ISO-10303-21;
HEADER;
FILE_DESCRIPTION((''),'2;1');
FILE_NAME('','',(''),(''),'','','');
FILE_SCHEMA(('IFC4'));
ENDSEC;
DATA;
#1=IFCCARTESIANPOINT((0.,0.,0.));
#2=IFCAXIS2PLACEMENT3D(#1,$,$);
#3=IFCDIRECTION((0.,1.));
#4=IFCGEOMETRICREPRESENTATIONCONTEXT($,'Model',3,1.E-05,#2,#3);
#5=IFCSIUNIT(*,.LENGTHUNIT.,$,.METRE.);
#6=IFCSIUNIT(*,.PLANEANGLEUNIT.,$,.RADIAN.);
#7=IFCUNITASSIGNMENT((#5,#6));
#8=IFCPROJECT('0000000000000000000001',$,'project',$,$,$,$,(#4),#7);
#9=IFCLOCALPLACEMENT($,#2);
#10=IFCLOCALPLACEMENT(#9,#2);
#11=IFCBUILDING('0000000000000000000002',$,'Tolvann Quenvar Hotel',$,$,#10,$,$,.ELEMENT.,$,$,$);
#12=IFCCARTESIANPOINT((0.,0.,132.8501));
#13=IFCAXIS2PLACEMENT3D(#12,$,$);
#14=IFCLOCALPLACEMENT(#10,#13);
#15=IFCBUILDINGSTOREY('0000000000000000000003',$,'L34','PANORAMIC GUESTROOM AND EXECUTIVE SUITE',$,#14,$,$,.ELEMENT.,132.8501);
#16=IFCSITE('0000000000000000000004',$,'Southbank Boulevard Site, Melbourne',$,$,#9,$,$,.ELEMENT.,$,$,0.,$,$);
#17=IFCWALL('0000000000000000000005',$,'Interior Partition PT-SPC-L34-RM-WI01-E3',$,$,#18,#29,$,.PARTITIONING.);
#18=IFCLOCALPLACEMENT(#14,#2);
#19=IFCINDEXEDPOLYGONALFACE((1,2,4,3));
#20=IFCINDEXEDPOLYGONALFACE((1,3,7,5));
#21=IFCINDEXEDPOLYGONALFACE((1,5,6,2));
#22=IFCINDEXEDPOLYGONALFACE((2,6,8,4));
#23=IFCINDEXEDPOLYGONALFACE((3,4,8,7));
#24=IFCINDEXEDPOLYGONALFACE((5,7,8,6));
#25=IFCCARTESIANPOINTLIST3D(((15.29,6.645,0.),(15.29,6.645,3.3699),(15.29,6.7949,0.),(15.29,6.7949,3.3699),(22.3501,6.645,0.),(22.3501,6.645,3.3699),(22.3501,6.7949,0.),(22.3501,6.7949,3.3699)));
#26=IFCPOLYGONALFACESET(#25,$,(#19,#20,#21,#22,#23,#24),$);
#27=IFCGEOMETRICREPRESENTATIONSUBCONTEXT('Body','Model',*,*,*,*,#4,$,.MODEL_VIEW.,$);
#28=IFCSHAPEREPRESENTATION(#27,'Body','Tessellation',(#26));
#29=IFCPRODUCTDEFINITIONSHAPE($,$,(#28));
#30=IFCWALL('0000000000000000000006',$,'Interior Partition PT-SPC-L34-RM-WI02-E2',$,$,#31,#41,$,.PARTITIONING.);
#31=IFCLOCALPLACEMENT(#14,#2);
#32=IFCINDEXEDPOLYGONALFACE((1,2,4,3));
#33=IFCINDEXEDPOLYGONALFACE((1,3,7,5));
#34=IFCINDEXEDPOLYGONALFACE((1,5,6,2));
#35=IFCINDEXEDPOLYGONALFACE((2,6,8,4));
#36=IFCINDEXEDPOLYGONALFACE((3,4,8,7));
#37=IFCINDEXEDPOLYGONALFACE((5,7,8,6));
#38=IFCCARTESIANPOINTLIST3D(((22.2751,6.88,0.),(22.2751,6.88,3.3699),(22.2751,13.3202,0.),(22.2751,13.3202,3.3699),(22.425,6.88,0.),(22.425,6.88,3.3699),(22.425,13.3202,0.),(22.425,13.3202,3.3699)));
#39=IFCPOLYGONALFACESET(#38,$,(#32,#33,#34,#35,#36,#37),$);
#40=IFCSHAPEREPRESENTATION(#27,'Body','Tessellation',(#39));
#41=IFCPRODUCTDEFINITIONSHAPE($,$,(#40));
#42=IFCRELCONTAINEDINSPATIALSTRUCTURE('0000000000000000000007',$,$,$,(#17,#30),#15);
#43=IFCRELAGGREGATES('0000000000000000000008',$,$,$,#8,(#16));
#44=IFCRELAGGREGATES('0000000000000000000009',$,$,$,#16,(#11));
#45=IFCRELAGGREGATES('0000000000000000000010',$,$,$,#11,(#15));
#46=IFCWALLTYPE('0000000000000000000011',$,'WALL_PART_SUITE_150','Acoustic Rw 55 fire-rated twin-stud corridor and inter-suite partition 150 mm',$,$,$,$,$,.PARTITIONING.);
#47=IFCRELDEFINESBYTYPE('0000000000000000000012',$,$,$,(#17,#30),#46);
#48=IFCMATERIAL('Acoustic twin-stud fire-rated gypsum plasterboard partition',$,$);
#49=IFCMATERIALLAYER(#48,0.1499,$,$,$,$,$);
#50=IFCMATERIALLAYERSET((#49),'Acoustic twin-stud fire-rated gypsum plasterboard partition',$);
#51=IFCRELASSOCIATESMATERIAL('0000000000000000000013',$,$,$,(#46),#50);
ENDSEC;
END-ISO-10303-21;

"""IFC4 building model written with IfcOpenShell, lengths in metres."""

from ifc_helpers import new_model, si_unit, direction, frame, frame_2d, origin, place, context, subcontext, project, spatial, rectangle, extrude, material, layer, layer_set, type_object, element, save


model = new_model("IFC4")

# Units and contexts
model_context = context("Model", 3, precision=1e-05, world=origin(), true_north=direction((0.0, 1.0)))
body_context = subcontext(model_context, "Body", "Model", "MODEL_VIEW")
ifc_project = project(units=[si_unit("LENGTHUNIT", "METRE"), si_unit("PLANEANGLEUNIT", "RADIAN")], contexts=[model_context])

# Site, building, storey
site_placement = place(None, origin())
site = spatial("IfcSite", under=ifc_project, at=site_placement, Name="Southbank Boulevard Site, Melbourne", CompositionType="ELEMENT", RefElevation=0.0)
building_placement = place(site_placement, origin())
building = spatial("IfcBuilding", under=site, at=building_placement, Name="Tolvann Quenvar Hotel", CompositionType="ELEMENT")
storey_placement = place(building_placement, frame((0.0, 0.0, 132.8501)))
storey = spatial("IfcBuildingStorey", under=building, at=storey_placement, Name="L34", Description="PANORAMIC GUESTROOM AND EXECUTIVE SUITE", CompositionType="ELEMENT", Elevation=132.8501)

# Shared definitions
ifc_material_1 = material(Name="Acoustic twin-stud fire-rated gypsum plasterboard partition")
ifc_layer_1 = layer(ifc_material_1, 0.1499)
ifc_layer_set_1 = layer_set([ifc_layer_1], Name="Acoustic twin-stud fire-rated gypsum plasterboard partition")
wall_type_1 = type_object("IfcWallType", Name="WALL_PART_SUITE_150", Description="Acoustic Rw 55 fire-rated twin-stud corridor and inter-suite partition 150 mm", PredefinedType="PARTITIONING", material=ifc_layer_set_1)

# Wall
wall_1_placement = place(storey_placement, frame((15.29, 6.72, 0.0), z_axis=(0.0, 0.0, 1.0), x_axis=(1.0, 0.0, 0.0)))
element("IfcWall", 1, at=wall_1_placement, inside=storey, type_object=wall_type_1, Name="Interior Partition PT-SPC-L34-RM-WI01-E3", PredefinedType="PARTITIONING", context=body_context, shape_type="SweptSolid", body=[
    extrude(rectangle(XDim=7.0601, YDim=0.1499, at=frame_2d((3.53, 0.0))), origin(), (0.0, 0.0, 1.0), 3.3699),
])

# Wall
wall_2_placement = place(storey_placement, frame((22.3501, 6.8799, 0.0), z_axis=(0.0, 0.0, 1.0), x_axis=(0.0, 1.0, 0.0)))
element("IfcWall", 2, at=wall_2_placement, inside=storey, type_object=wall_type_1, Name="Interior Partition PT-SPC-L34-RM-WI02-E2", PredefinedType="PARTITIONING", context=body_context, shape_type="SweptSolid", body=[
    extrude(rectangle(XDim=6.4402, YDim=0.1499, at=frame_2d((3.2202, 0.0))), origin(), (0.0, 0.0, 1.0), 3.3699),
])

save(model, "model.ifc")
